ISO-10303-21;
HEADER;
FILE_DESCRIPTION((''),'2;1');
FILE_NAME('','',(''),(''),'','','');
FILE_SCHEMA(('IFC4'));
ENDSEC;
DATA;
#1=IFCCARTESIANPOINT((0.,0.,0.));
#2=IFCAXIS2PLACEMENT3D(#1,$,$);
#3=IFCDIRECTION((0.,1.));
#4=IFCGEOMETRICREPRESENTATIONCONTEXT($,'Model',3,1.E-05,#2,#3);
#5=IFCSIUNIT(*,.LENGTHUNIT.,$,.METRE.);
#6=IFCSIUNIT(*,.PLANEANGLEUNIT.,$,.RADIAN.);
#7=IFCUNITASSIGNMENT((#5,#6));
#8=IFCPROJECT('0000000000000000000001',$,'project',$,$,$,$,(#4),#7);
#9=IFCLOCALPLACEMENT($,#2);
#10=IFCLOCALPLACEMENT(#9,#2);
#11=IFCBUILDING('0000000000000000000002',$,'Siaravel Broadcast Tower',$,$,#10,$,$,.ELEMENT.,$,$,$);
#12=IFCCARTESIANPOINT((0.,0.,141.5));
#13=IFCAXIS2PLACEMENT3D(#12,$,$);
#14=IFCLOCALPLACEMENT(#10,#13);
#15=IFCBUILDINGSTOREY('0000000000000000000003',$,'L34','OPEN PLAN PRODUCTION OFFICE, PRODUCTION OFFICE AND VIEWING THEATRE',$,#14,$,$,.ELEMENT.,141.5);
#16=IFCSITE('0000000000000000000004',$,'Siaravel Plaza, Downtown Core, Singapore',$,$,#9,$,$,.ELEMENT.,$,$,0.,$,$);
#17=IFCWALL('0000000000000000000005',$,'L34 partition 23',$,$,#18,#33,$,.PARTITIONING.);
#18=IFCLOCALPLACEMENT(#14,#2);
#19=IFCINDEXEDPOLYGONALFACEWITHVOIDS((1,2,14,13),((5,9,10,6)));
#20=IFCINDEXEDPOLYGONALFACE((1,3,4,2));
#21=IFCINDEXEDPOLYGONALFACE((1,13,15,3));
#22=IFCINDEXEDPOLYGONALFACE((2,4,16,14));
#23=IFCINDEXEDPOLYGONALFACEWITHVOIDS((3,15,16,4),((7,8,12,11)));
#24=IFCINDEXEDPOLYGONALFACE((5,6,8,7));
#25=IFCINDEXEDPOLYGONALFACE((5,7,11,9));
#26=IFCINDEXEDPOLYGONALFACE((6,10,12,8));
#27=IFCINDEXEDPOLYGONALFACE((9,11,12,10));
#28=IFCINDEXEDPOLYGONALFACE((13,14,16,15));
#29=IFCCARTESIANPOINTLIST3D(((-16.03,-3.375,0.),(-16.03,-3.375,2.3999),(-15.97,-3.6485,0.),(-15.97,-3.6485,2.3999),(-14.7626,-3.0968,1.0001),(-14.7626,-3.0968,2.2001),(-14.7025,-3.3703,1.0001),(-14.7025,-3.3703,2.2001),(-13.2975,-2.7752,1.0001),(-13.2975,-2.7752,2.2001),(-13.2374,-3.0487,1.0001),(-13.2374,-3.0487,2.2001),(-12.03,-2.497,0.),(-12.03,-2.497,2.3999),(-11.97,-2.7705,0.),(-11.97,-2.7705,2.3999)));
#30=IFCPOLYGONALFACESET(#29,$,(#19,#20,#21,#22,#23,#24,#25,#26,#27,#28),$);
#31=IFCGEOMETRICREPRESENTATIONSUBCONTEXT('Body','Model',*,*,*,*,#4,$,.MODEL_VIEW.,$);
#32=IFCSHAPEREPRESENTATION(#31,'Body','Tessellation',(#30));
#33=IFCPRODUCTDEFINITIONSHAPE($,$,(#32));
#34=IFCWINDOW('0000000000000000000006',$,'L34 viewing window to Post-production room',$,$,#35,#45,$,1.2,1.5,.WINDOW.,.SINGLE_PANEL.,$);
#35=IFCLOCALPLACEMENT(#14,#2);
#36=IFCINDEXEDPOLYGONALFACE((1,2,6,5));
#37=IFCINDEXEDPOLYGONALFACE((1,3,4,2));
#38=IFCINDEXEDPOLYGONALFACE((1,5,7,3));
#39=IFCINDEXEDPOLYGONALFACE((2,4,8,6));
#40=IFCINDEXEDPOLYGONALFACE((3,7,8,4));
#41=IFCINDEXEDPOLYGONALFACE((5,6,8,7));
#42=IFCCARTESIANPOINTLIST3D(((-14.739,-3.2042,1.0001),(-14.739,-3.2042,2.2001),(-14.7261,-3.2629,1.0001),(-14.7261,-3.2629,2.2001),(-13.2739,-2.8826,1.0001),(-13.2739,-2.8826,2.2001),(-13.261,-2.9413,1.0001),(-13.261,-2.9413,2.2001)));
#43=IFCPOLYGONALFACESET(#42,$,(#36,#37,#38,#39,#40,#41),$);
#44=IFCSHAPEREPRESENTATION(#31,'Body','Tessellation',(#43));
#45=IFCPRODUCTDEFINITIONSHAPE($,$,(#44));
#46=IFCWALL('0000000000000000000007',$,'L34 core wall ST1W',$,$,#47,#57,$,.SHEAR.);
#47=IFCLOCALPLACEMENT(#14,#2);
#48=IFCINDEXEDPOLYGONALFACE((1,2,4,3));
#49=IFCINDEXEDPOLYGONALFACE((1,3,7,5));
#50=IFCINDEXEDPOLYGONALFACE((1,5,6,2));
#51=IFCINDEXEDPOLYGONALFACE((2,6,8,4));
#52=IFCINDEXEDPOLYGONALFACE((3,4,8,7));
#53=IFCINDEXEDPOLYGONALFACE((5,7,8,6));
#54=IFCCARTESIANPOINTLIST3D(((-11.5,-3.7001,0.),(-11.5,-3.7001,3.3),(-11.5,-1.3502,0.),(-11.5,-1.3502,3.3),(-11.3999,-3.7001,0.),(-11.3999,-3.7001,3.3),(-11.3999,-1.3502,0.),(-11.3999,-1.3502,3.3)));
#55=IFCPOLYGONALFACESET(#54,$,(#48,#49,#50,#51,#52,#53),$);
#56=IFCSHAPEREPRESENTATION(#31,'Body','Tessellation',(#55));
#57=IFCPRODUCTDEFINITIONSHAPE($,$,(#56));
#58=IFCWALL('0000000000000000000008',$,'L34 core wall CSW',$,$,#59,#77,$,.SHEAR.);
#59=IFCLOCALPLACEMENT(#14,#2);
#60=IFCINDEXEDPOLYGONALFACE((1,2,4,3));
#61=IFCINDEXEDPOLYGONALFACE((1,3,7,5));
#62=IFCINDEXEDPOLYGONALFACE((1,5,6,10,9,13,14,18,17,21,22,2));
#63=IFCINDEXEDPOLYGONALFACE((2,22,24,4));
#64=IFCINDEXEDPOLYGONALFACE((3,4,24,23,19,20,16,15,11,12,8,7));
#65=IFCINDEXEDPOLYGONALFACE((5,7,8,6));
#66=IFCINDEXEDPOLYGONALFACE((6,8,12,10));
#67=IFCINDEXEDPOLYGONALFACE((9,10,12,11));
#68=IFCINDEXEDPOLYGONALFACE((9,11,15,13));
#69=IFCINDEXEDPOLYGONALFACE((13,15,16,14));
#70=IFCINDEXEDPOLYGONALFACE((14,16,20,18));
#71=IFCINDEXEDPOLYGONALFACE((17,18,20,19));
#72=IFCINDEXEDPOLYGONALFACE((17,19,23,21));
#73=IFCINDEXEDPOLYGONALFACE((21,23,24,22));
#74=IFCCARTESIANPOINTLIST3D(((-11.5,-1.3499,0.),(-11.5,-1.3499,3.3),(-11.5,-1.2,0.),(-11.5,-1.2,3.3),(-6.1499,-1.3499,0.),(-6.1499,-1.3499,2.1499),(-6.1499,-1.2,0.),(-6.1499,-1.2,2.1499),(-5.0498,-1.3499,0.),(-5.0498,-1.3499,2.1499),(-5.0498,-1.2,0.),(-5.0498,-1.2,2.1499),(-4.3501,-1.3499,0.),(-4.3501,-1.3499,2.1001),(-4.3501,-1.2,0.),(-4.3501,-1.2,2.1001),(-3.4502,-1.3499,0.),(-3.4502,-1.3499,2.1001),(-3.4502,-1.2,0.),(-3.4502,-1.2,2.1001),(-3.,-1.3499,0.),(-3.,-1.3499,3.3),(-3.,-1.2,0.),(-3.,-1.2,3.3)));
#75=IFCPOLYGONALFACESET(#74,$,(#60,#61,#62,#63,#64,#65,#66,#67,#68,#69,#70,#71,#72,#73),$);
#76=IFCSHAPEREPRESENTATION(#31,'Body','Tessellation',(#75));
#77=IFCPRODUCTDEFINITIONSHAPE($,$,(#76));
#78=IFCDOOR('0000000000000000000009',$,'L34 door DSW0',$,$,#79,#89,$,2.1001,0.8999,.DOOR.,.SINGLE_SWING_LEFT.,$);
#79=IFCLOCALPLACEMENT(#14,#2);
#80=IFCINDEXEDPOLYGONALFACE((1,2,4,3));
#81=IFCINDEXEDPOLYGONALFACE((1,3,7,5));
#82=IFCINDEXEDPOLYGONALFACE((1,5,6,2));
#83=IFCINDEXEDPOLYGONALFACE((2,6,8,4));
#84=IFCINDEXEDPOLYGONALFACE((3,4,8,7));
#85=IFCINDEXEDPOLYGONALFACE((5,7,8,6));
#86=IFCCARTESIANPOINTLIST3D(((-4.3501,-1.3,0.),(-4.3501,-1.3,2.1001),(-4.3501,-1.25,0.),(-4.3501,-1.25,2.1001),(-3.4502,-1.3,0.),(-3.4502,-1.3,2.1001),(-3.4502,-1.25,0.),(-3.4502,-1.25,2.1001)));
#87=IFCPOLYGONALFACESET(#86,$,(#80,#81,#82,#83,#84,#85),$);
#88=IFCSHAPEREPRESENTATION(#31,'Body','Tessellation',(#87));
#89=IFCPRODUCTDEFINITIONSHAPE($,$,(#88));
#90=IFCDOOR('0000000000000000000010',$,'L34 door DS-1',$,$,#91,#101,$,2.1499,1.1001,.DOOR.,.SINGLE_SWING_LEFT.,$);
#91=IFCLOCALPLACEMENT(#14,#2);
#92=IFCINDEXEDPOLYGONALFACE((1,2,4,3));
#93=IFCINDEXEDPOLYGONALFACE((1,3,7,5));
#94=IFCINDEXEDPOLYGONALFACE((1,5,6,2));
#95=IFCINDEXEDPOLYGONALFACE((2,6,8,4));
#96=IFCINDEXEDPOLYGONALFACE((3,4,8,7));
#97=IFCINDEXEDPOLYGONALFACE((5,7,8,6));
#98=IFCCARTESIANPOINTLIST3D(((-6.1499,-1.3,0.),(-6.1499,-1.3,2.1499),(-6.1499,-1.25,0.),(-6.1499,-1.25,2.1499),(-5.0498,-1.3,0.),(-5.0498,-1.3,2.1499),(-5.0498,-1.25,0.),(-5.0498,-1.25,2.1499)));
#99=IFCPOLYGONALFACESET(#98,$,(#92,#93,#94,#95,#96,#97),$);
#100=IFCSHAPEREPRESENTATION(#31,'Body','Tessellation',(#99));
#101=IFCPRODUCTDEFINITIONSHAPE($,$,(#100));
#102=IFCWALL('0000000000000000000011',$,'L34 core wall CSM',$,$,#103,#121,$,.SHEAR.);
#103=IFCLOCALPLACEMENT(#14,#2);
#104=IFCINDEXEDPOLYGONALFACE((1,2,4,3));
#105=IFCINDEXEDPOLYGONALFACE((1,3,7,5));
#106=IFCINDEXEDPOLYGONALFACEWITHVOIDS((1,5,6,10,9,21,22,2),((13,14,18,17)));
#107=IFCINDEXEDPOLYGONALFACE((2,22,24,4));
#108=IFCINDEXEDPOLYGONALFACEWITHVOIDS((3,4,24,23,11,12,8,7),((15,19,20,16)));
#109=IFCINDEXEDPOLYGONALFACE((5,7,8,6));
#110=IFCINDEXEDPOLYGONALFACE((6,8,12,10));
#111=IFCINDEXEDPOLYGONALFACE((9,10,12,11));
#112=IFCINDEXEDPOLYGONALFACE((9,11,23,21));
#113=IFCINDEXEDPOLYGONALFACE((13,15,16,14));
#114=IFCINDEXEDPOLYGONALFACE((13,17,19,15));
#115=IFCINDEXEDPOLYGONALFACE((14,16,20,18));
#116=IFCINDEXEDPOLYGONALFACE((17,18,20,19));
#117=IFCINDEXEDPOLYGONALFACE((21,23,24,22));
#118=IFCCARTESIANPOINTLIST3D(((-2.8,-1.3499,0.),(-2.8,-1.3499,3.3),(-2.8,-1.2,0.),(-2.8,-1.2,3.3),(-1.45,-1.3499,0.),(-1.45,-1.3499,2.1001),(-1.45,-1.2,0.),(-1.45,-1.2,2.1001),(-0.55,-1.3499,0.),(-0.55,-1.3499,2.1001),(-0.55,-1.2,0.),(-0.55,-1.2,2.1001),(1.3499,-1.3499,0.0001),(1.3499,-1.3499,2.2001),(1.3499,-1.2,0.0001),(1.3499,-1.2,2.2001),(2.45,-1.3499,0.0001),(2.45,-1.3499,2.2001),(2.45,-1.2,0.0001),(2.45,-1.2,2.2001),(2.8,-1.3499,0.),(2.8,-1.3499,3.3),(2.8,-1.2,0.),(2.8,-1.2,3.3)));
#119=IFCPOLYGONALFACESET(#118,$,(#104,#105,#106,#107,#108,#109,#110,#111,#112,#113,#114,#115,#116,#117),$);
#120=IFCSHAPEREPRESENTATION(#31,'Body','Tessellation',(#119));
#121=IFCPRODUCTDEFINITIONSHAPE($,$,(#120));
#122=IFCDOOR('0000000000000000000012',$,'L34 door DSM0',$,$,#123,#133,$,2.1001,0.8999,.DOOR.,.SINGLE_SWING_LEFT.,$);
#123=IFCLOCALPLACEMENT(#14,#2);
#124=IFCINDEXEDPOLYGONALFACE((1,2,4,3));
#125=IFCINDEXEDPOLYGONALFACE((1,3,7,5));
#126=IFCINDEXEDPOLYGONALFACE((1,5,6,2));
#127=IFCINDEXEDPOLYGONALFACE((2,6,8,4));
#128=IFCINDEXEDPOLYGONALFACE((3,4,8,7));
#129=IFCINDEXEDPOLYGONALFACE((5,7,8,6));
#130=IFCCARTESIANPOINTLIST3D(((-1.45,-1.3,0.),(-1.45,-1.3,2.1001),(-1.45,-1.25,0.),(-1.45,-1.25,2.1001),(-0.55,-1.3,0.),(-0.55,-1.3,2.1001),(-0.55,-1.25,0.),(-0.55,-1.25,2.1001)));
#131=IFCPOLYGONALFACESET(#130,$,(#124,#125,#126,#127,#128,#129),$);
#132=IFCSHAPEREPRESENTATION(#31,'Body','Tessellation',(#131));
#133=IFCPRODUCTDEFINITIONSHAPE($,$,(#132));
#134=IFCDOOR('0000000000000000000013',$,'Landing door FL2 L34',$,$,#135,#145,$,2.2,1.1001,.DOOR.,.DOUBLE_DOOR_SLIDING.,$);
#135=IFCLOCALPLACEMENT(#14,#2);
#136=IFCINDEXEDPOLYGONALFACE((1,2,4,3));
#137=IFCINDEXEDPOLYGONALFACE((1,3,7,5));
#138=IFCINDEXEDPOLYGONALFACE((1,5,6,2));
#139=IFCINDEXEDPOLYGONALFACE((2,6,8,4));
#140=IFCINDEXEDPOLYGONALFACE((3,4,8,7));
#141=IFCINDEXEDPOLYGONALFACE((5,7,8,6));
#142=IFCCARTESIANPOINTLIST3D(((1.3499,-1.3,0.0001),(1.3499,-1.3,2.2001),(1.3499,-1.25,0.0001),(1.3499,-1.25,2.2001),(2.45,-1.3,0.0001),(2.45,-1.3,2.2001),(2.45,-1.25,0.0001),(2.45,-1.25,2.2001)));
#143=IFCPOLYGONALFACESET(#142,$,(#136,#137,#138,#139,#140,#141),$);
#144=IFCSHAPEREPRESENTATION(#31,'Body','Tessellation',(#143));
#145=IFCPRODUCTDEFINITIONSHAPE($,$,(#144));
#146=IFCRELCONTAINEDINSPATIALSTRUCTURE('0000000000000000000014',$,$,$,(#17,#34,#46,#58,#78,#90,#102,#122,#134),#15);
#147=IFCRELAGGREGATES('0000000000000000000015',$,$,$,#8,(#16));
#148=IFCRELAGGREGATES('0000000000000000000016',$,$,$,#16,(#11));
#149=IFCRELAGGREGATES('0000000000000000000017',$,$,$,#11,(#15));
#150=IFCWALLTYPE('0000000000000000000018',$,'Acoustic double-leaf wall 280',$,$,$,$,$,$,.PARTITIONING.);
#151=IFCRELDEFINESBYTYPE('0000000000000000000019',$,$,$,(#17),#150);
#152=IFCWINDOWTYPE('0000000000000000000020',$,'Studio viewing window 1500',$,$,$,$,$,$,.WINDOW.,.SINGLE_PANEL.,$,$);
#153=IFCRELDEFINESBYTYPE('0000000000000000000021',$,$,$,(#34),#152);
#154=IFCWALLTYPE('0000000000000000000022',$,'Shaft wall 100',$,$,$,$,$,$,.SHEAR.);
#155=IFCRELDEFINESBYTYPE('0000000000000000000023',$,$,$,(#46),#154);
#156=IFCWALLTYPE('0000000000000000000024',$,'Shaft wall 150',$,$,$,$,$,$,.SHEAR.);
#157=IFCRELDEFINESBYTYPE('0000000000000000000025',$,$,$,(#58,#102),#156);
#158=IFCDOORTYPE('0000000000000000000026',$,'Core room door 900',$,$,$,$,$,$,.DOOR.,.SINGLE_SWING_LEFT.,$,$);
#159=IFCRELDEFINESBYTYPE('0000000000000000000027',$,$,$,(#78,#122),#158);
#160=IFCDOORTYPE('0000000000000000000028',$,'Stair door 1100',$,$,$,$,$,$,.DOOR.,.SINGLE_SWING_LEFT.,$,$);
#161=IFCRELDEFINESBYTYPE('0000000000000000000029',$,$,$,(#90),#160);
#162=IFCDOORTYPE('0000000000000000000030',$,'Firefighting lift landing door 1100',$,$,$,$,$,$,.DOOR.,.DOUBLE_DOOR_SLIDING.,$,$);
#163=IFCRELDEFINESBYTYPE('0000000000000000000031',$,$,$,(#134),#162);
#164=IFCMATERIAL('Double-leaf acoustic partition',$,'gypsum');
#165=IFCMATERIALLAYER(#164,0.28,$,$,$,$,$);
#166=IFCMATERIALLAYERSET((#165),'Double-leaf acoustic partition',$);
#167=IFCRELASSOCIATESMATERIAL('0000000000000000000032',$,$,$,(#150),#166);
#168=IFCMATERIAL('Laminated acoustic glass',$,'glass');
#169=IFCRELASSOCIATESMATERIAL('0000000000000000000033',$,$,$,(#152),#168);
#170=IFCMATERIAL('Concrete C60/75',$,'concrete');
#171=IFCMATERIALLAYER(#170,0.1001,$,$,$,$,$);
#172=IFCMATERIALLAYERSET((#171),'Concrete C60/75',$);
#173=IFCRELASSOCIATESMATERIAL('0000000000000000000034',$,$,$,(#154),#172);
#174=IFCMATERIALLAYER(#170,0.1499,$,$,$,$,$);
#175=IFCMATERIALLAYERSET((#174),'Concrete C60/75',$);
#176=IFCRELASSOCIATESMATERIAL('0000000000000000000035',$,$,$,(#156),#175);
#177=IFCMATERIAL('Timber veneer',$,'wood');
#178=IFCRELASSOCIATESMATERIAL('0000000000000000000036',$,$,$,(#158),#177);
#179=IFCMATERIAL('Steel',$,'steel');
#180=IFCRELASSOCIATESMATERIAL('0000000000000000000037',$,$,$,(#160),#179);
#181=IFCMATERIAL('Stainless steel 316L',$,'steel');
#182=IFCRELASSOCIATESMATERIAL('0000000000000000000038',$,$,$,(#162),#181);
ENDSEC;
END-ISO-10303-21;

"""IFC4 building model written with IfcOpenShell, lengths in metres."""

from ifc_helpers import new_model, si_unit, direction, frame, frame_2d, origin, place, context, subcontext, project, spatial, rectangle, extrude, material, layer, layer_set, type_object, element, fill, save


model = new_model("IFC4")

# Units and contexts
model_context = context("Model", 3, precision=1e-05, world=origin(), true_north=direction((0.0, 1.0)))
body_context = subcontext(model_context, "Body", "Model", "MODEL_VIEW")
ifc_project = project(units=[si_unit("LENGTHUNIT", "METRE"), si_unit("PLANEANGLEUNIT", "RADIAN")], contexts=[model_context])

# Site, building, storey
site_placement = place(None, origin())
site = spatial("IfcSite", under=ifc_project, at=site_placement, Name="Siaravel Plaza, Downtown Core, Singapore", CompositionType="ELEMENT", RefElevation=0.0)
building_placement = place(site_placement, origin())
building = spatial("IfcBuilding", under=site, at=building_placement, Name="Siaravel Broadcast Tower", CompositionType="ELEMENT")
storey_placement = place(building_placement, frame((0.0, 0.0, 141.5)))
storey = spatial("IfcBuildingStorey", under=building, at=storey_placement, Name="L34", Description="OPEN PLAN PRODUCTION OFFICE, PRODUCTION OFFICE AND VIEWING THEATRE", CompositionType="ELEMENT", Elevation=141.5)

# Wall, opening, window
ifc_material_1 = material(Name="Double-leaf acoustic partition", Category="gypsum")
ifc_layer_1 = layer(ifc_material_1, 0.28)
ifc_layer_set_1 = layer_set([ifc_layer_1], Name="Double-leaf acoustic partition")
wall_type_1 = type_object("IfcWallType", Name="Acoustic double-leaf wall 280", PredefinedType="PARTITIONING", material=ifc_layer_set_1)
wall_1_placement = place(storey_placement, frame((-12.0, -2.6338, 0.0), z_axis=(0.0, 0.0, 1.0), x_axis=(-0.97675, -0.21438, 0.0)))
wall_1 = element("IfcWall", 1, at=wall_1_placement, inside=storey, type_object=wall_type_1, Name="L34 partition 23", PredefinedType="PARTITIONING", context=body_context, shape_type="SweptSolid", body=[
    extrude(rectangle(XDim=4.0952, YDim=0.28, at=frame_2d((2.0476, 0.0))), origin(), (0.0, 0.0, 1.0), 2.3999),
])
opening_1_placement = place(wall_1_placement, frame((1.2976, 0.0, 1.0)))
opening_1 = element("IfcOpeningElement", 2, at=opening_1_placement, cuts=wall_1, PredefinedType="OPENING", context=body_context, shape_type="SweptSolid", body=[
    extrude(rectangle(XDim=1.5, YDim=1.2, at=frame_2d((0.75, 0.6001))), frame((0.0, 0.1499, 0.0), z_axis=(0.0, -1.0, 0.0), x_axis=(1.0, 0.0, 0.0)), (0.0, 0.0, 1.0), 0.3),
])
ifc_material_2 = material(Name="Laminated acoustic glass", Category="glass")
window_type = type_object("IfcWindowType", Name="Studio viewing window 1500", PartitioningType="SINGLE_PANEL", PredefinedType="WINDOW", material=ifc_material_2)
window_placement = place(opening_1_placement, origin())
window = element("IfcWindow", 3, at=window_placement, inside=storey, type_object=window_type, Name="L34 viewing window to Post-production room", OverallHeight=1.2, OverallWidth=1.5, PartitioningType="SINGLE_PANEL", PredefinedType="WINDOW", context=body_context, shape_type="SweptSolid", body=[
    extrude(rectangle(XDim=1.5, YDim=1.2, at=frame_2d((0.75, 0.6001))), frame((0.0, 0.03, 0.0), z_axis=(0.0, -1.0, 0.0), x_axis=(1.0, 0.0, 0.0)), (0.0, 0.0, 1.0), 0.0601),
])
fill(opening_1, window)

# Wall
ifc_material_3 = material(Name="Concrete C60/75", Category="concrete")
ifc_layer_2 = layer(ifc_material_3, 0.1001)
ifc_layer_set_2 = layer_set([ifc_layer_2], Name="Concrete C60/75")
wall_type_2 = type_object("IfcWallType", Name="Shaft wall 100", PredefinedType="SHEAR", material=ifc_layer_set_2)
wall_2_placement = place(storey_placement, frame((-11.45, -3.7, 0.0), z_axis=(0.0, 0.0, 1.0), x_axis=(0.0, 1.0, 0.0)))
element("IfcWall", 4, at=wall_2_placement, inside=storey, type_object=wall_type_2, Name="L34 core wall ST1W", PredefinedType="SHEAR", context=body_context, shape_type="SweptSolid", body=[
    extrude(rectangle(XDim=2.3499, YDim=0.1001, at=frame_2d((1.1748, 0.0))), origin(), (0.0, 0.0, 1.0), 3.3),
])

# Walls, openings, doors
ifc_layer_3 = layer(ifc_material_3, 0.1499)
ifc_layer_set_3 = layer_set([ifc_layer_3], Name="Concrete C60/75")
wall_type_3 = type_object("IfcWallType", Name="Shaft wall 150", PredefinedType="SHEAR", material=ifc_layer_set_3)
wall_3_placement = place(storey_placement, frame((-11.5, -1.2749, 0.0), z_axis=(0.0, 0.0, 1.0), x_axis=(1.0, 0.0, 0.0)))
wall_3 = element("IfcWall", 5, at=wall_3_placement, inside=storey, type_object=wall_type_3, Name="L34 core wall CSW", PredefinedType="SHEAR", context=body_context, shape_type="SweptSolid", body=[
    extrude(rectangle(XDim=8.5, YDim=0.1499, at=frame_2d((4.25, 0.0))), origin(), (0.0, 0.0, 1.0), 3.3),
])
opening_2_placement = place(wall_3_placement, frame((5.3501, 0.0, 0.0)))
opening_2 = element("IfcOpeningElement", 6, at=opening_2_placement, cuts=wall_3, PredefinedType="OPENING", context=body_context, shape_type="SweptSolid", body=[
    extrude(rectangle(XDim=1.1001, YDim=2.1499, at=frame_2d((0.55, 1.075))), frame((0.0, 0.085, 0.0), z_axis=(0.0, -1.0, 0.0), x_axis=(1.0, 0.0, 0.0)), (0.0, 0.0, 1.0), 0.1699),
])
opening_3_placement = place(wall_3_placement, frame((7.1499, 0.0, 0.0)))
opening_3 = element("IfcOpeningElement", 7, at=opening_3_placement, cuts=wall_3, PredefinedType="OPENING", context=body_context, shape_type="SweptSolid", body=[
    extrude(rectangle(XDim=0.8999, YDim=2.1001, at=frame_2d((0.45, 1.05))), frame((0.0, 0.085, 0.0), z_axis=(0.0, -1.0, 0.0), x_axis=(1.0, 0.0, 0.0)), (0.0, 0.0, 1.0), 0.1699),
])
ifc_material_4 = material(Name="Timber veneer", Category="wood")
door_type_1 = type_object("IfcDoorType", Name="Core room door 900", OperationType="SINGLE_SWING_LEFT", PredefinedType="DOOR", material=ifc_material_4)
door_1_placement = place(opening_3_placement, origin())
door_1 = element("IfcDoor", 8, at=door_1_placement, inside=storey, type_object=door_type_1, Name="L34 door DSW0", OperationType="SINGLE_SWING_LEFT", OverallHeight=2.1001, OverallWidth=0.8999, PredefinedType="DOOR", context=body_context, shape_type="SweptSolid", body=[
    extrude(rectangle(XDim=0.8999, YDim=2.1001, at=frame_2d((0.45, 1.05))), frame((0.0, 0.0249, 0.0), z_axis=(0.0, -1.0, 0.0), x_axis=(1.0, 0.0, 0.0)), (0.0, 0.0, 1.0), 0.05),
])
fill(opening_3, door_1)
ifc_material_5 = material(Name="Steel", Category="steel")
door_type_2 = type_object("IfcDoorType", Name="Stair door 1100", OperationType="SINGLE_SWING_LEFT", PredefinedType="DOOR", material=ifc_material_5)
door_2_placement = place(opening_2_placement, origin())
door_2 = element("IfcDoor", 9, at=door_2_placement, inside=storey, type_object=door_type_2, Name="L34 door DS-1", OperationType="SINGLE_SWING_LEFT", OverallHeight=2.1499, OverallWidth=1.1001, PredefinedType="DOOR", context=body_context, shape_type="SweptSolid", body=[
    extrude(rectangle(XDim=1.1001, YDim=2.1499, at=frame_2d((0.55, 1.075))), frame((0.0, 0.0249, 0.0), z_axis=(0.0, -1.0, 0.0), x_axis=(1.0, 0.0, 0.0)), (0.0, 0.0, 1.0), 0.05),
])
fill(opening_2, door_2)
wall_4_placement = place(storey_placement, frame((-2.8, -1.2749, 0.0), z_axis=(0.0, 0.0, 1.0), x_axis=(1.0, 0.0, 0.0)))
wall_4 = element("IfcWall", 10, at=wall_4_placement, inside=storey, type_object=wall_type_3, Name="L34 core wall CSM", PredefinedType="SHEAR", context=body_context, shape_type="SweptSolid", body=[
    extrude(rectangle(XDim=5.6001, YDim=0.1499, at=frame_2d((2.8, 0.0))), origin(), (0.0, 0.0, 1.0), 3.3),
])
opening_4_placement = place(wall_4_placement, frame((4.1499, 0.0, 0.0)))
opening_4 = element("IfcOpeningElement", 11, at=opening_4_placement, cuts=wall_4, PredefinedType="OPENING", context=body_context, shape_type="SweptSolid", body=[
    extrude(rectangle(XDim=1.1001, YDim=2.2, at=frame_2d((0.55, 1.1001))), frame((0.0, 0.085, 0.0), z_axis=(0.0, -1.0, 0.0), x_axis=(1.0, 0.0, 0.0)), (0.0, 0.0, 1.0), 0.1699),
])
opening_5_placement = place(wall_4_placement, frame((1.3501, 0.0, 0.0)))
opening_5 = element("IfcOpeningElement", 12, at=opening_5_placement, cuts=wall_4, PredefinedType="OPENING", context=body_context, shape_type="SweptSolid", body=[
    extrude(rectangle(XDim=0.8999, YDim=2.1001, at=frame_2d((0.45, 1.05))), frame((0.0, 0.085, 0.0), z_axis=(0.0, -1.0, 0.0), x_axis=(1.0, 0.0, 0.0)), (0.0, 0.0, 1.0), 0.1699),
])
door_3_placement = place(opening_5_placement, origin())
door_3 = element("IfcDoor", 13, at=door_3_placement, inside=storey, type_object=door_type_1, Name="L34 door DSM0", OperationType="SINGLE_SWING_LEFT", OverallHeight=2.1001, OverallWidth=0.8999, PredefinedType="DOOR", context=body_context, shape_type="SweptSolid", body=[
    extrude(rectangle(XDim=0.8999, YDim=2.1001, at=frame_2d((0.45, 1.05))), frame((0.0, 0.0249, 0.0), z_axis=(0.0, -1.0, 0.0), x_axis=(1.0, 0.0, 0.0)), (0.0, 0.0, 1.0), 0.05),
])
fill(opening_5, door_3)
ifc_material_6 = material(Name="Stainless steel 316L", Category="steel")
door_type_3 = type_object("IfcDoorType", Name="Firefighting lift landing door 1100", OperationType="DOUBLE_DOOR_SLIDING", PredefinedType="DOOR", material=ifc_material_6)
door_4_placement = place(opening_4_placement, origin())
door_4 = element("IfcDoor", 14, at=door_4_placement, inside=storey, type_object=door_type_3, Name="Landing door FL2 L34", OperationType="DOUBLE_DOOR_SLIDING", OverallHeight=2.2, OverallWidth=1.1001, PredefinedType="DOOR", context=body_context, shape_type="SweptSolid", body=[
    extrude(rectangle(XDim=1.1001, YDim=2.2, at=frame_2d((0.55, 1.1001))), frame((0.0, 0.0249, 0.0), z_axis=(0.0, -1.0, 0.0), x_axis=(1.0, 0.0, 0.0)), (0.0, 0.0, 1.0), 0.05),
])
fill(opening_4, door_4)

save(model, "model.ifc")
